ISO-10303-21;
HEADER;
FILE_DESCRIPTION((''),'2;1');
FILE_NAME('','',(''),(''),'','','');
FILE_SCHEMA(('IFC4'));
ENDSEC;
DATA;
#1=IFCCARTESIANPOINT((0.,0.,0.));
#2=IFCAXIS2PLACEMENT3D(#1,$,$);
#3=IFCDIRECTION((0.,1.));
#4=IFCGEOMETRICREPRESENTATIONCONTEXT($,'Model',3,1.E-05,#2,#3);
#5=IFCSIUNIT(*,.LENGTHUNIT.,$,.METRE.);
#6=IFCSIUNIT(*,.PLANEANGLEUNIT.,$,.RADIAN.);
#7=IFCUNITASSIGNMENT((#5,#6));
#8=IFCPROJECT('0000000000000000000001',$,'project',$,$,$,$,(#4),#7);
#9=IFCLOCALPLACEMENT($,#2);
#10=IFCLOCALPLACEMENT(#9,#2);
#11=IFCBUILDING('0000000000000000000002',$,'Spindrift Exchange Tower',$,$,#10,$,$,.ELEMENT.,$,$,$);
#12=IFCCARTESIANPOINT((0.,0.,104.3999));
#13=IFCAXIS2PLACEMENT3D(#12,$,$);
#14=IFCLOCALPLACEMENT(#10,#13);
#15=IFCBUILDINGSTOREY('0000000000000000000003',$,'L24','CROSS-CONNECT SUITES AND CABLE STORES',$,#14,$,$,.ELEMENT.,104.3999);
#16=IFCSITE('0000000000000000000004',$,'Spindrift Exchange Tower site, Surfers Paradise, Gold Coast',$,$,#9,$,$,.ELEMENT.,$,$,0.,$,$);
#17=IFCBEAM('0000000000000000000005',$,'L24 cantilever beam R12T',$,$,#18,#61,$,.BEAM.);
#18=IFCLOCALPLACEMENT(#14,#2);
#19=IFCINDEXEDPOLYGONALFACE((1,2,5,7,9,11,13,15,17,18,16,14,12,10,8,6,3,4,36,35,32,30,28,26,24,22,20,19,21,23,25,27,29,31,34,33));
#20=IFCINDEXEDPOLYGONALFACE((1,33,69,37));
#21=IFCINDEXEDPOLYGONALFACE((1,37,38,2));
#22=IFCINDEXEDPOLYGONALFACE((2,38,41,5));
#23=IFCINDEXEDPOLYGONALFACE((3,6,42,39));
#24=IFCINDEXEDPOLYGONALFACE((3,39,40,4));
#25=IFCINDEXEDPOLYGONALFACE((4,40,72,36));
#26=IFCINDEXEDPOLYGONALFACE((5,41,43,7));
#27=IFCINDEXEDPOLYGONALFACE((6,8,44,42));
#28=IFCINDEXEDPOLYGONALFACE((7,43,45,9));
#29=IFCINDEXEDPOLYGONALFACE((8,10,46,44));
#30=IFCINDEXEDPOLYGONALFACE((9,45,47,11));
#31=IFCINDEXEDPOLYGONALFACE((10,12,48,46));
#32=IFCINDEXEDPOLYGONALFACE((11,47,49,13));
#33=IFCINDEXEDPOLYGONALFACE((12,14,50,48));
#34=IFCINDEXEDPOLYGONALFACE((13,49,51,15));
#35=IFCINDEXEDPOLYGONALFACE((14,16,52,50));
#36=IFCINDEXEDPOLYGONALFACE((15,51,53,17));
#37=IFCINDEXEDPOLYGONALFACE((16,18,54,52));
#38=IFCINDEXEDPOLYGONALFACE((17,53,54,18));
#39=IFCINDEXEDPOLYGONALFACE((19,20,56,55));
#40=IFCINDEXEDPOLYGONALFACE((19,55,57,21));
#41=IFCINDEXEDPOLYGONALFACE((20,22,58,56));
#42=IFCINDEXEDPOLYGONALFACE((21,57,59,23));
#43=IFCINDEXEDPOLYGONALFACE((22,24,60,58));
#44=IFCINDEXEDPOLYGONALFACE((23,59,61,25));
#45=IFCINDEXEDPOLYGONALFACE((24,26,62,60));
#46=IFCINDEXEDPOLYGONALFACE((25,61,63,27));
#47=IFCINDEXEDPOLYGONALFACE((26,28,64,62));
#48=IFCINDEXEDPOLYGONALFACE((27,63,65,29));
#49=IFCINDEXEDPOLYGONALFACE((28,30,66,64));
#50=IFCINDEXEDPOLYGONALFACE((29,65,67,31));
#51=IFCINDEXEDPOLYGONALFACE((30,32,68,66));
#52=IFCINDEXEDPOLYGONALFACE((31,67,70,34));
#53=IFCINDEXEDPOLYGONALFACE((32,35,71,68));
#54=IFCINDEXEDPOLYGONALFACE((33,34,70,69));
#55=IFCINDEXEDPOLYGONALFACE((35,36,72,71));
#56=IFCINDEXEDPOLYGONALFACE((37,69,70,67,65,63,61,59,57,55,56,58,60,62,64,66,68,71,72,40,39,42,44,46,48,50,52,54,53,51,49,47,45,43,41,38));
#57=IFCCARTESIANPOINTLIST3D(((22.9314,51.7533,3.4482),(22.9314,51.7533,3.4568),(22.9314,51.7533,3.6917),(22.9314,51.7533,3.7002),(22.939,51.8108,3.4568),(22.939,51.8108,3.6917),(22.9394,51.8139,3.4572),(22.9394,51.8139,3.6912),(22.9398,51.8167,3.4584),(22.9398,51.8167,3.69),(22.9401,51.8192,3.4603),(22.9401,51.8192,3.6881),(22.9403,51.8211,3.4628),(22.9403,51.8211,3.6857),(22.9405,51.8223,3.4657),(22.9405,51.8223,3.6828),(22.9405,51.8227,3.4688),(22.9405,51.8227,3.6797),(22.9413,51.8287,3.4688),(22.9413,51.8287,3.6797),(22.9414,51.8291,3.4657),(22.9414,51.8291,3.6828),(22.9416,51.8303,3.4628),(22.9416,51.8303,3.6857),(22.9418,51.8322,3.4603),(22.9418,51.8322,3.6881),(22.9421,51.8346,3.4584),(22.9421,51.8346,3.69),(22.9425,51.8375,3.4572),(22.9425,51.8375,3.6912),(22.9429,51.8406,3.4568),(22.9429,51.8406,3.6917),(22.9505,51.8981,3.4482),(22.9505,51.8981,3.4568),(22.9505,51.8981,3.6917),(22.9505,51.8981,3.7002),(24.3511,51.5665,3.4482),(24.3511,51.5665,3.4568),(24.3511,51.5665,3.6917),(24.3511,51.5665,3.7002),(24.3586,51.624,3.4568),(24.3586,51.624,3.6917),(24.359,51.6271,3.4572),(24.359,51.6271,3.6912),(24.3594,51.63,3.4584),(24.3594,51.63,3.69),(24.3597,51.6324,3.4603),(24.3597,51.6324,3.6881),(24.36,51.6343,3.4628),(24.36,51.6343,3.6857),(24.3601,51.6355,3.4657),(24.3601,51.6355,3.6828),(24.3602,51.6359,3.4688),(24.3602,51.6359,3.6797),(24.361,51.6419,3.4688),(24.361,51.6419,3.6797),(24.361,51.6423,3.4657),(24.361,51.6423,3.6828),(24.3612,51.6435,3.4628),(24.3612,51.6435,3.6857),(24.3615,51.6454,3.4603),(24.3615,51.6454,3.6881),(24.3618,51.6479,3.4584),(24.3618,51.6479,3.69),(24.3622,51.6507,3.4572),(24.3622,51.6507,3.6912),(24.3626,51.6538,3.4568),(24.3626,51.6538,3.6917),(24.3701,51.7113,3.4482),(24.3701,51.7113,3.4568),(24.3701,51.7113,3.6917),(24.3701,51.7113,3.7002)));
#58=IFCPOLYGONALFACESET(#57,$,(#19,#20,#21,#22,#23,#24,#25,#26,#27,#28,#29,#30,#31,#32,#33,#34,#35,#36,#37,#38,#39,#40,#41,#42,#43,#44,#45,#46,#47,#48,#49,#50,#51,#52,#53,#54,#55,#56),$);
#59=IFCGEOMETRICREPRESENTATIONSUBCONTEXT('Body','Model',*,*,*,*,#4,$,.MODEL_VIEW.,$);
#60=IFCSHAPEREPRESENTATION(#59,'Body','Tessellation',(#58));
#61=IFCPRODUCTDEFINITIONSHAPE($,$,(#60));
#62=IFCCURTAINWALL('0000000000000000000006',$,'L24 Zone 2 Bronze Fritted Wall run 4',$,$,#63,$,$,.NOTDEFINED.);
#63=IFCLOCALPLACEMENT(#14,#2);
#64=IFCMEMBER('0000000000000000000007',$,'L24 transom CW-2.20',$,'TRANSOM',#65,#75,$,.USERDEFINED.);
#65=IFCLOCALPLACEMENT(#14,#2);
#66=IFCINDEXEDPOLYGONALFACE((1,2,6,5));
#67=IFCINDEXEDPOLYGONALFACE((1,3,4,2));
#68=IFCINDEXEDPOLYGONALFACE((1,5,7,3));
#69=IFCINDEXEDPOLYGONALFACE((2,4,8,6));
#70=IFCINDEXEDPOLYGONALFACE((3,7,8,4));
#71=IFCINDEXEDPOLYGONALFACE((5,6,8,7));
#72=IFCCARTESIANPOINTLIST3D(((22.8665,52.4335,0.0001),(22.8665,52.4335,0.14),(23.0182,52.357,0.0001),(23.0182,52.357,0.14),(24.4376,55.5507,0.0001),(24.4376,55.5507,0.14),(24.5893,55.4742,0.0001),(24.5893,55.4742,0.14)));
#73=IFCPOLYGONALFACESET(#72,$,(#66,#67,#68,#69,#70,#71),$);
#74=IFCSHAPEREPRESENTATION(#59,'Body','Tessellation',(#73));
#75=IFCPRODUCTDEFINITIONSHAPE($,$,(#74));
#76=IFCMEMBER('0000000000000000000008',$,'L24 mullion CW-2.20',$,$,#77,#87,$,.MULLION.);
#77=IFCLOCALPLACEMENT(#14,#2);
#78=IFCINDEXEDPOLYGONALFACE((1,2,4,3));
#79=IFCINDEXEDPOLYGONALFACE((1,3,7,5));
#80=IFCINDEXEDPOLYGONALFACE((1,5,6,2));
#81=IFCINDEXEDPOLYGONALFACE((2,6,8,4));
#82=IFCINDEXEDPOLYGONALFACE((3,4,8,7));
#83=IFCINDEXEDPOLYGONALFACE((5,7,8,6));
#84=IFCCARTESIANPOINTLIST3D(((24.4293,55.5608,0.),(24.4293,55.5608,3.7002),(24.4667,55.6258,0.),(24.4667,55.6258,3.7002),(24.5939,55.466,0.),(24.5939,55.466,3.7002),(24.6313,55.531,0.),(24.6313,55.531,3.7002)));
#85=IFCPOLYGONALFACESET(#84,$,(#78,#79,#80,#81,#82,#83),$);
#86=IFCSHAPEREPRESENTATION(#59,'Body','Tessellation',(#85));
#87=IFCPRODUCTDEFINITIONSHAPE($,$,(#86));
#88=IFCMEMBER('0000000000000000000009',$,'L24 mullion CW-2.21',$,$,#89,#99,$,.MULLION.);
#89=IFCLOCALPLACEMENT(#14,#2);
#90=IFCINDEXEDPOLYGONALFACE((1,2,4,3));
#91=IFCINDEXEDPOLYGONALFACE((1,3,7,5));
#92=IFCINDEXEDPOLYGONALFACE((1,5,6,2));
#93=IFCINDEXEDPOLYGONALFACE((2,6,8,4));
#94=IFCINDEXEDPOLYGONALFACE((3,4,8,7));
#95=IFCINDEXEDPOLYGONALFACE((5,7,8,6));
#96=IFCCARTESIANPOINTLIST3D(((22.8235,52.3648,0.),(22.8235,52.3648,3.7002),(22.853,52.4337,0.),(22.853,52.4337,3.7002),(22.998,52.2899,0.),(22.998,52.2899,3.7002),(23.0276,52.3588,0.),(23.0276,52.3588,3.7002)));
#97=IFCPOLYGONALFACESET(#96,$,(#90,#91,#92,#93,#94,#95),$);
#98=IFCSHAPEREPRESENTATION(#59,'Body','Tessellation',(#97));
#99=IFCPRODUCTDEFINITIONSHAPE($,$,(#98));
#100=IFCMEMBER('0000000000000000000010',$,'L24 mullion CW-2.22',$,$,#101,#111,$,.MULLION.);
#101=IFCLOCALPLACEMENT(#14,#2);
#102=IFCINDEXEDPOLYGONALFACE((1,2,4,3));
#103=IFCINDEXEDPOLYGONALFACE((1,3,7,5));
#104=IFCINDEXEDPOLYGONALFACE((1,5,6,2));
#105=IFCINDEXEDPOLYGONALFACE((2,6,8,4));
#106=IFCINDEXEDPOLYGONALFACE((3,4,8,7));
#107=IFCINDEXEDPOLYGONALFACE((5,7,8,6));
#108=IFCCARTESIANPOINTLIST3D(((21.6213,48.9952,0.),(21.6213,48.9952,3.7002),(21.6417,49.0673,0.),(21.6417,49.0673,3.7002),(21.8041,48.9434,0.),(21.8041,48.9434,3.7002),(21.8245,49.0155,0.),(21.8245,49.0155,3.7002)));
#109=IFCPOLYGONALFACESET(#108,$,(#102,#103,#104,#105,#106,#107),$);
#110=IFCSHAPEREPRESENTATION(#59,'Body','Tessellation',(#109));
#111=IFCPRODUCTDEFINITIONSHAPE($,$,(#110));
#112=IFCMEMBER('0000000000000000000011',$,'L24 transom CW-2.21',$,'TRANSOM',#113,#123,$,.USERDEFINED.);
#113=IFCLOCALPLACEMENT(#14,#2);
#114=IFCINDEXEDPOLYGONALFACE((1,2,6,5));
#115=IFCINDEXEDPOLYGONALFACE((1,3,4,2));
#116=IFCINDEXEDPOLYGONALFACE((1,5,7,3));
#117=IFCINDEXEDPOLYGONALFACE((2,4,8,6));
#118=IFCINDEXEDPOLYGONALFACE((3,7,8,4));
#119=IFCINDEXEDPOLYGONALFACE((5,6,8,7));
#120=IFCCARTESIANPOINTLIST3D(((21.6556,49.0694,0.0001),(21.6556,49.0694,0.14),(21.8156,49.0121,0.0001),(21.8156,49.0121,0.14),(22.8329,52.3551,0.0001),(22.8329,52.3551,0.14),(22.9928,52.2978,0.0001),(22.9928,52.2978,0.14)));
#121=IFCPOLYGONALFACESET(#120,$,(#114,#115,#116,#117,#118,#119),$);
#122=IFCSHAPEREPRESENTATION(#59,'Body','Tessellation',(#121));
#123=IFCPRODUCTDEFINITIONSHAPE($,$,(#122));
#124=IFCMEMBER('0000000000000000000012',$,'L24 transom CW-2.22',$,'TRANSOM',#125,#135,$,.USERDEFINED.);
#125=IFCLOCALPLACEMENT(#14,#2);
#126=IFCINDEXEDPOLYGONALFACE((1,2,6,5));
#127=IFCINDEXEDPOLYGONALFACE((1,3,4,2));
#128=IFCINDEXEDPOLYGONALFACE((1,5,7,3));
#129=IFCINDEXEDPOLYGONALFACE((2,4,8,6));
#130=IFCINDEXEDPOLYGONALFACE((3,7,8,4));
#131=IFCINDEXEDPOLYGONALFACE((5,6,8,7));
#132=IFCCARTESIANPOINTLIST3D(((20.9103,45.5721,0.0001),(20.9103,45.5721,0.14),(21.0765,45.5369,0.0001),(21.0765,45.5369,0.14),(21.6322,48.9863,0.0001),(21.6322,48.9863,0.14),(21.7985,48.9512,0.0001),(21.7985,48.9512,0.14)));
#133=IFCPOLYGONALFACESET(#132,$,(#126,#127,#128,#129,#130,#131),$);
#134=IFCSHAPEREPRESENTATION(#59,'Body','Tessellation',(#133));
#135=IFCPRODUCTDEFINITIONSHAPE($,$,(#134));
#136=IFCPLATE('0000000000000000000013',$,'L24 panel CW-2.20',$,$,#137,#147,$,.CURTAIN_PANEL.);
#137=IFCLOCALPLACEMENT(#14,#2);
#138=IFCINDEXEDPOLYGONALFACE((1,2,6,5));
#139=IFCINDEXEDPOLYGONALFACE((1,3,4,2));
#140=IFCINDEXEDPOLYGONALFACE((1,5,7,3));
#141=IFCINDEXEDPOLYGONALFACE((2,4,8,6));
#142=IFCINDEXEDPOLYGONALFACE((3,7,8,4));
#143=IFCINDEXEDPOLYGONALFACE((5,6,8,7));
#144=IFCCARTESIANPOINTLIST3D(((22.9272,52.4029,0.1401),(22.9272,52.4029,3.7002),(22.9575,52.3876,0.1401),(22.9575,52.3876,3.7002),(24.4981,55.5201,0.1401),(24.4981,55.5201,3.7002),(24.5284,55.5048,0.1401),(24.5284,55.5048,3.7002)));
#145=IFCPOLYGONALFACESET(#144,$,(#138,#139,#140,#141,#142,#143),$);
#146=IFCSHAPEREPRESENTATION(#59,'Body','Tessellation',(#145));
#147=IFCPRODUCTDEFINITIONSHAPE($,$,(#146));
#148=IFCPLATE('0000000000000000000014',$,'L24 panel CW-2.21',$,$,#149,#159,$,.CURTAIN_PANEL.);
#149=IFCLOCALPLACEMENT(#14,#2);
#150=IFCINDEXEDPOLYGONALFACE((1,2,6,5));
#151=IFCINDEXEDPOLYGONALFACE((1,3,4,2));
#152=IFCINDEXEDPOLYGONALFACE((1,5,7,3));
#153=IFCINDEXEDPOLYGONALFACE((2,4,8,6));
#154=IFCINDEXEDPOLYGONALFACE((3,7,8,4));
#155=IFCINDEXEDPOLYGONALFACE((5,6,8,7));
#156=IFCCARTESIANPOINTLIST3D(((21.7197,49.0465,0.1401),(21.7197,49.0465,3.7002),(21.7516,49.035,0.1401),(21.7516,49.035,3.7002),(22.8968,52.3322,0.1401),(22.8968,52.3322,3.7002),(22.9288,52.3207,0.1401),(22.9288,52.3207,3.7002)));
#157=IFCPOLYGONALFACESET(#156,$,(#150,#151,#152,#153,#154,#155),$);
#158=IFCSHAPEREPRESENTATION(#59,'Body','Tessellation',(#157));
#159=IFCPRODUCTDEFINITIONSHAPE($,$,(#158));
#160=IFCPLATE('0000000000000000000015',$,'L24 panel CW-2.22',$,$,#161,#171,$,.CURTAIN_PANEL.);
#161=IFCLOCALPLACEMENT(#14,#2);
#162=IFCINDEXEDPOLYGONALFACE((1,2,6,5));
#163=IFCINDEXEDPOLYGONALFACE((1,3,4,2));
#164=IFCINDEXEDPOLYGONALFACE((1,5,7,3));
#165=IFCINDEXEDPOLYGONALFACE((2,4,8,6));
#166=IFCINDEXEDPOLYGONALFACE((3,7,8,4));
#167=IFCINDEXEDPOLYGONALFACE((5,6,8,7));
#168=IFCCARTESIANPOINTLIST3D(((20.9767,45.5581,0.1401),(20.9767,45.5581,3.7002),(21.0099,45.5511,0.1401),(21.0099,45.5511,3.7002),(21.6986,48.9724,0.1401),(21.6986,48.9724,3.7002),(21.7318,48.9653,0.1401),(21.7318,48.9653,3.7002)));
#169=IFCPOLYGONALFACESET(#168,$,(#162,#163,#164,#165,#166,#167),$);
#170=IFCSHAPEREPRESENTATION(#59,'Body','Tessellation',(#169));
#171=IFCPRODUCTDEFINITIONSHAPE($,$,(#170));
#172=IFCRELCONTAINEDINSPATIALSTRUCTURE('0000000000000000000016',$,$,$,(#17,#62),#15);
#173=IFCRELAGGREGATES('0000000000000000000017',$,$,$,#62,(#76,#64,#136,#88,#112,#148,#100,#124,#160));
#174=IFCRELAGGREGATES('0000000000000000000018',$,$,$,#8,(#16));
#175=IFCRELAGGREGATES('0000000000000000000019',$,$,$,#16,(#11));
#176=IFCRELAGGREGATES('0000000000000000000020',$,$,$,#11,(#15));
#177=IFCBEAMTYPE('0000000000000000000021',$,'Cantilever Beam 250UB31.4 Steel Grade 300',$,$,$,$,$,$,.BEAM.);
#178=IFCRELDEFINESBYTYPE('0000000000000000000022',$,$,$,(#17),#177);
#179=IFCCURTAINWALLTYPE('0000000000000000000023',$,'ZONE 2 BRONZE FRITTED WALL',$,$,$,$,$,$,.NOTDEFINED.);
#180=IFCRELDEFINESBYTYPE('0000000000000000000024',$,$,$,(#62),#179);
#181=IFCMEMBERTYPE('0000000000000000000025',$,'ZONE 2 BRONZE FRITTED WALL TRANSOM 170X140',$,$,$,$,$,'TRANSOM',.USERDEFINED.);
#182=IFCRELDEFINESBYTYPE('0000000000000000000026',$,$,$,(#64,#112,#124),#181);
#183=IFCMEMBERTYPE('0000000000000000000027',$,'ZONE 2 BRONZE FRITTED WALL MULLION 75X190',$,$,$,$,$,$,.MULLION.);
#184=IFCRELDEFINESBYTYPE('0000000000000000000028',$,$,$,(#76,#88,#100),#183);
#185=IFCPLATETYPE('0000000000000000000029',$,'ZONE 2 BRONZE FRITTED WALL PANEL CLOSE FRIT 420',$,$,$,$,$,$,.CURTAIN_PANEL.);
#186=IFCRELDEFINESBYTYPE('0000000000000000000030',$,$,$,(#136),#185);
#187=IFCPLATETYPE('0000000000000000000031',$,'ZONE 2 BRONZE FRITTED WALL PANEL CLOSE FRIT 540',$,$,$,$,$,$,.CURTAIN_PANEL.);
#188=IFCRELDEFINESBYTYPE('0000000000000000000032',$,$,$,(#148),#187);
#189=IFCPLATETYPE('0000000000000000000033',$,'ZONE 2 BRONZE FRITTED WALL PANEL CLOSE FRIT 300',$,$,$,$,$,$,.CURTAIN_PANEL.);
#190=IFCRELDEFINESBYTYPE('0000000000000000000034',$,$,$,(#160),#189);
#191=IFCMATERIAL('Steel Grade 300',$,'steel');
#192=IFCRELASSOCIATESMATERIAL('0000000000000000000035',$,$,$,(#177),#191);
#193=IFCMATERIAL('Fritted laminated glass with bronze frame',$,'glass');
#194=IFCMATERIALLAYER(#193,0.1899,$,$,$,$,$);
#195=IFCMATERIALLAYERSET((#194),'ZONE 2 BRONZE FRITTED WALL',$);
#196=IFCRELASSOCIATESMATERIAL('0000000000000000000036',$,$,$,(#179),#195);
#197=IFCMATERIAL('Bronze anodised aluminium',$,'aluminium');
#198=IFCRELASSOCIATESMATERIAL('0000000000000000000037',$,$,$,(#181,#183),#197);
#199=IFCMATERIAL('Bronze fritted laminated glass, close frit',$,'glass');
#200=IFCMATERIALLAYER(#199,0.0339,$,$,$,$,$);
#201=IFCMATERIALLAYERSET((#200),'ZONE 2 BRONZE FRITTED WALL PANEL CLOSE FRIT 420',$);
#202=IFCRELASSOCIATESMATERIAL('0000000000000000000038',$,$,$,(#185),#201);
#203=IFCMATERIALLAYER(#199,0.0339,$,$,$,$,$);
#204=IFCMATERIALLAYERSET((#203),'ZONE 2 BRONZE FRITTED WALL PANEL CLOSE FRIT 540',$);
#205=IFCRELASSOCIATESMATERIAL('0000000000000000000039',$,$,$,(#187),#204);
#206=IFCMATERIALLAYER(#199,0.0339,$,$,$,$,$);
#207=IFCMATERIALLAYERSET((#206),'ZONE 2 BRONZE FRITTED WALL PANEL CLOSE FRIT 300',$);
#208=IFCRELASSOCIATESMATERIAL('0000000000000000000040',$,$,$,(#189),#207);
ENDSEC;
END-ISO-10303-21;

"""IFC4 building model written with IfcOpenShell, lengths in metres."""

from ifc_helpers import new_model, si_unit, direction, frame, origin, origin_2d, place, context, subcontext, project, spatial, rectangle, i_section, extrude, source, transform, mapped, material, layer, layer_set, material_profile, profile_set, type_object, element, aggregate, save


model = new_model("IFC4")

# Units and contexts
model_context = context("Model", 3, precision=1e-05, world=origin(), true_north=direction((0.0, 1.0)))
body_context = subcontext(model_context, "Body", "Model", "MODEL_VIEW")
ifc_project = project(units=[si_unit("LENGTHUNIT", "METRE"), si_unit("PLANEANGLEUNIT", "RADIAN")], contexts=[model_context])

# Site, building, storey
site_placement = place(None, origin())
site = spatial("IfcSite", under=ifc_project, at=site_placement, Name="Spindrift Exchange Tower site, Surfers Paradise, Gold Coast", CompositionType="ELEMENT", RefElevation=0.0)
building_placement = place(site_placement, origin())
building = spatial("IfcBuilding", under=site, at=building_placement, Name="Spindrift Exchange Tower", CompositionType="ELEMENT")
storey_placement = place(building_placement, frame((0.0, 0.0, 104.3999)))
storey = spatial("IfcBuildingStorey", under=building, at=storey_placement, Name="L24", Description="CROSS-CONNECT SUITES AND CABLE STORES", CompositionType="ELEMENT", Elevation=104.3999)

# Beam
ifc_material_1 = material(Name="Steel Grade 300", Category="steel")
ifc_material_profile_1 = material_profile(ifc_material_1, i_section(OverallWidth=0.146, OverallDepth=0.252, WebThickness=0.0061, FlangeThickness=0.0085, FilletRadius=0.012, at=origin_2d()), Name="250UB31.4")
ifc_profile_set_1 = profile_set([ifc_material_profile_1], Name="Steel Grade 300")
beam_type_1 = type_object("IfcBeamType", Name="Cantilever Beam 250UB31.4 Steel Grade 300", PredefinedType="BEAM", material=ifc_profile_set_1)
shared_shape_1 = source(origin(), body_context, "Body", "SweptSolid", [
    extrude(i_section(OverallWidth=0.146, OverallDepth=0.252, WebThickness=0.0061, FlangeThickness=0.0085, FilletRadius=0.012, at=origin_2d()), origin(), (0.0, 0.0, 1.0), 1.4319),
])
beam_1_placement = place(storey_placement, frame((24.3606, 51.6389, 3.5742), z_axis=(-0.991457, 0.130432, 0.0), x_axis=(-0.130432, -0.991457, 0.0)))
element("IfcBeam", 1, at=beam_1_placement, inside=storey, type_object=beam_type_1, Name="L24 cantilever beam R12T", PredefinedType="BEAM", context=body_context, shape_type="MappedRepresentation", body=[
    mapped(shared_shape_1, transform((0.0, 0.0, 0.0), scale=1.0)),
])

# Curtain wall, members, plates
ifc_material_2 = material(Name="Fritted laminated glass with bronze frame", Category="glass")
ifc_layer_1 = layer(ifc_material_2, 0.1899)
ifc_layer_set_1 = layer_set([ifc_layer_1], Name="ZONE 2 BRONZE FRITTED WALL")
curtain_wall_type = type_object("IfcCurtainWallType", Name="ZONE 2 BRONZE FRITTED WALL", PredefinedType="NOTDEFINED", material=ifc_layer_set_1)
curtain_wall_placement = place(storey_placement, origin())
curtain_wall = element("IfcCurtainWall", 2, at=curtain_wall_placement, inside=storey, type_object=curtain_wall_type, Name="L24 Zone 2 Bronze Fritted Wall run 4", PredefinedType="NOTDEFINED")
ifc_material_3 = material(Name="Bronze anodised aluminium", Category="aluminium")
ifc_material_profile_2 = material_profile(ifc_material_3, rectangle(XDim=0.1699, YDim=0.1399, at=origin_2d()), Name="ZONE 2 BRONZE FRITTED WALL TRANSOM 170X140")
ifc_profile_set_2 = profile_set([ifc_material_profile_2], Name="Bronze anodised aluminium")
member_type_1 = type_object("IfcMemberType", Name="ZONE 2 BRONZE FRITTED WALL TRANSOM 170X140", ElementType="TRANSOM", PredefinedType="USERDEFINED", material=ifc_profile_set_2)
shared_shape_2 = source(origin(), body_context, "Body", "SweptSolid", [
    extrude(rectangle(XDim=0.1699, YDim=0.1399, at=origin_2d()), origin(), (0.0, 0.0, 1.0), 3.4907),
])
member_1_placement = place(storey_placement, frame((24.5134, 55.5125, 0.0701), z_axis=(-0.450065, -0.892996, 0.0), x_axis=(0.892996, -0.450065, 0.0)))
member_1 = element("IfcMember", 3, at=member_1_placement, type_object=member_type_1, Name="L24 transom CW-2.20", ObjectType="TRANSOM", PredefinedType="USERDEFINED", context=body_context, shape_type="MappedRepresentation", body=[
    mapped(shared_shape_2, transform((0.0, 0.0, 0.0), scale=1.0)),
])
ifc_material_profile_3 = material_profile(ifc_material_3, rectangle(XDim=0.075, YDim=0.1899, at=origin_2d()), Name="ZONE 2 BRONZE FRITTED WALL MULLION 75X190")
ifc_profile_set_3 = profile_set([ifc_material_profile_3], Name="Bronze anodised aluminium")
member_type_2 = type_object("IfcMemberType", Name="ZONE 2 BRONZE FRITTED WALL MULLION 75X190", PredefinedType="MULLION", material=ifc_profile_set_3)
shared_shape_3 = source(origin(), body_context, "Body", "SweptSolid", [
    extrude(rectangle(XDim=0.075, YDim=0.1899, at=origin_2d()), origin(), (0.0, 0.0, 1.0), 3.7002),
])
member_2_placement = place(storey_placement, frame((24.5303, 55.5459, 0.0), z_axis=(0.0, 0.0, 1.0), x_axis=(-0.499269, -0.866447, 0.0)))
member_2 = element("IfcMember", 4, at=member_2_placement, type_object=member_type_2, Name="L24 mullion CW-2.20", PredefinedType="MULLION", context=body_context, shape_type="MappedRepresentation", body=[
    mapped(shared_shape_3, transform((0.0, 0.0, 0.0), scale=1.0)),
])
member_3_placement = place(storey_placement, frame((22.9255, 52.3618, 0.0), z_axis=(0.0, 0.0, 1.0), x_axis=(-0.394401, -0.918938, 0.0)))
member_3 = element("IfcMember", 5, at=member_3_placement, type_object=member_type_2, Name="L24 mullion CW-2.21", PredefinedType="MULLION", context=body_context, shape_type="MappedRepresentation", body=[
    mapped(shared_shape_3, transform((0.0, 0.0, 0.0), scale=1.0)),
])
member_4_placement = place(storey_placement, frame((21.7229, 49.0054, 0.0), z_axis=(0.0, 0.0, 1.0), x_axis=(-0.272697, -0.9621, 0.0)))
member_4 = element("IfcMember", 6, at=member_4_placement, type_object=member_type_2, Name="L24 mullion CW-2.22", PredefinedType="MULLION", context=body_context, shape_type="MappedRepresentation", body=[
    mapped(shared_shape_3, transform((0.0, 0.0, 0.0), scale=1.0)),
])
shared_shape_4 = source(origin(), body_context, "Body", "SweptSolid", [
    extrude(rectangle(XDim=0.1699, YDim=0.1399, at=origin_2d()), origin(), (0.0, 0.0, 1.0), 3.4902),
])
member_5_placement = place(storey_placement, frame((22.9128, 52.3264, 0.0701), z_axis=(-0.337302, -0.941396, 0.0), x_axis=(0.941396, -0.337302, 0.0)))
member_5 = element("IfcMember", 7, at=member_5_placement, type_object=member_type_1, Name="L24 transom CW-2.21", ObjectType="TRANSOM", PredefinedType="USERDEFINED", context=body_context, shape_type="MappedRepresentation", body=[
    mapped(shared_shape_4, transform((0.0, 0.0, 0.0), scale=1.0)),
])
shared_shape_5 = source(origin(), body_context, "Body", "SweptSolid", [
    extrude(rectangle(XDim=0.1699, YDim=0.1399, at=origin_2d()), origin(), (0.0, 0.0, 1.0), 3.4897),
])
member_6_placement = place(storey_placement, frame((21.7153, 48.9688, 0.0701), z_axis=(-0.206867, -0.978369, 0.0), x_axis=(0.978369, -0.206867, 0.0)))
member_6 = element("IfcMember", 8, at=member_6_placement, type_object=member_type_1, Name="L24 transom CW-2.22", ObjectType="TRANSOM", PredefinedType="USERDEFINED", context=body_context, shape_type="MappedRepresentation", body=[
    mapped(shared_shape_5, transform((0.0, 0.0, 0.0), scale=1.0)),
])
ifc_material_4 = material(Name="Bronze fritted laminated glass, close frit", Category="glass")
ifc_layer_2 = layer(ifc_material_4, 0.0339)
ifc_layer_set_2 = layer_set([ifc_layer_2], Name="ZONE 2 BRONZE FRITTED WALL PANEL CLOSE FRIT 420")
plate_type_1 = type_object("IfcPlateType", Name="ZONE 2 BRONZE FRITTED WALL PANEL CLOSE FRIT 420", PredefinedType="CURTAIN_PANEL", material=ifc_layer_set_2)
shared_shape_6 = source(origin(), body_context, "Body", "SweptSolid", [
    extrude(rectangle(XDim=3.4907, YDim=0.0339, at=origin_2d()), origin(), (0.0, 0.0, 1.0), 3.5601),
])
plate_1_placement = place(storey_placement, frame((23.7278, 53.9539, 0.1401), z_axis=(0.0, 0.0, 1.0), x_axis=(-0.450038, -0.89301, 0.0)))
plate_1 = element("IfcPlate", 9, at=plate_1_placement, type_object=plate_type_1, Name="L24 panel CW-2.20", PredefinedType="CURTAIN_PANEL", context=body_context, shape_type="MappedRepresentation", body=[
    mapped(shared_shape_6, transform((0.0, 0.0, 0.0), scale=1.0)),
])
ifc_layer_3 = layer(ifc_material_4, 0.0339)
ifc_layer_set_3 = layer_set([ifc_layer_3], Name="ZONE 2 BRONZE FRITTED WALL PANEL CLOSE FRIT 540")
plate_type_2 = type_object("IfcPlateType", Name="ZONE 2 BRONZE FRITTED WALL PANEL CLOSE FRIT 540", PredefinedType="CURTAIN_PANEL", material=ifc_layer_set_3)
shared_shape_7 = source(origin(), body_context, "Body", "SweptSolid", [
    extrude(rectangle(XDim=3.4902, YDim=0.0339, at=origin_2d()), origin(), (0.0, 0.0, 1.0), 3.5601),
])
plate_2_placement = place(storey_placement, frame((22.3242, 50.6836, 0.1401), z_axis=(0.0, 0.0, 1.0), x_axis=(-0.337278, -0.941405, 0.0)))
plate_2 = element("IfcPlate", 10, at=plate_2_placement, type_object=plate_type_2, Name="L24 panel CW-2.21", PredefinedType="CURTAIN_PANEL", context=body_context, shape_type="MappedRepresentation", body=[
    mapped(shared_shape_7, transform((0.0, 0.0, 0.0), scale=1.0)),
])
ifc_layer_4 = layer(ifc_material_4, 0.0339)
ifc_layer_set_4 = layer_set([ifc_layer_4], Name="ZONE 2 BRONZE FRITTED WALL PANEL CLOSE FRIT 300")
plate_type_3 = type_object("IfcPlateType", Name="ZONE 2 BRONZE FRITTED WALL PANEL CLOSE FRIT 300", PredefinedType="CURTAIN_PANEL", material=ifc_layer_set_4)
shared_shape_8 = source(origin(), body_context, "Body", "SweptSolid", [
    extrude(rectangle(XDim=3.4897, YDim=0.0339, at=origin_2d()), origin(), (0.0, 0.0, 1.0), 3.5601),
])
plate_3_placement = place(storey_placement, frame((21.3542, 47.2617, 0.1401), z_axis=(0.0, 0.0, 1.0), x_axis=(-0.206862, -0.97837, 0.0)))
plate_3 = element("IfcPlate", 11, at=plate_3_placement, type_object=plate_type_3, Name="L24 panel CW-2.22", PredefinedType="CURTAIN_PANEL", context=body_context, shape_type="MappedRepresentation", body=[
    mapped(shared_shape_8, transform((0.0, 0.0, 0.0), scale=1.0)),
])
aggregate(curtain_wall, [member_2, member_1, plate_1, member_3, member_5, plate_2, member_4, member_6, plate_3])

save(model, "model.ifc")
